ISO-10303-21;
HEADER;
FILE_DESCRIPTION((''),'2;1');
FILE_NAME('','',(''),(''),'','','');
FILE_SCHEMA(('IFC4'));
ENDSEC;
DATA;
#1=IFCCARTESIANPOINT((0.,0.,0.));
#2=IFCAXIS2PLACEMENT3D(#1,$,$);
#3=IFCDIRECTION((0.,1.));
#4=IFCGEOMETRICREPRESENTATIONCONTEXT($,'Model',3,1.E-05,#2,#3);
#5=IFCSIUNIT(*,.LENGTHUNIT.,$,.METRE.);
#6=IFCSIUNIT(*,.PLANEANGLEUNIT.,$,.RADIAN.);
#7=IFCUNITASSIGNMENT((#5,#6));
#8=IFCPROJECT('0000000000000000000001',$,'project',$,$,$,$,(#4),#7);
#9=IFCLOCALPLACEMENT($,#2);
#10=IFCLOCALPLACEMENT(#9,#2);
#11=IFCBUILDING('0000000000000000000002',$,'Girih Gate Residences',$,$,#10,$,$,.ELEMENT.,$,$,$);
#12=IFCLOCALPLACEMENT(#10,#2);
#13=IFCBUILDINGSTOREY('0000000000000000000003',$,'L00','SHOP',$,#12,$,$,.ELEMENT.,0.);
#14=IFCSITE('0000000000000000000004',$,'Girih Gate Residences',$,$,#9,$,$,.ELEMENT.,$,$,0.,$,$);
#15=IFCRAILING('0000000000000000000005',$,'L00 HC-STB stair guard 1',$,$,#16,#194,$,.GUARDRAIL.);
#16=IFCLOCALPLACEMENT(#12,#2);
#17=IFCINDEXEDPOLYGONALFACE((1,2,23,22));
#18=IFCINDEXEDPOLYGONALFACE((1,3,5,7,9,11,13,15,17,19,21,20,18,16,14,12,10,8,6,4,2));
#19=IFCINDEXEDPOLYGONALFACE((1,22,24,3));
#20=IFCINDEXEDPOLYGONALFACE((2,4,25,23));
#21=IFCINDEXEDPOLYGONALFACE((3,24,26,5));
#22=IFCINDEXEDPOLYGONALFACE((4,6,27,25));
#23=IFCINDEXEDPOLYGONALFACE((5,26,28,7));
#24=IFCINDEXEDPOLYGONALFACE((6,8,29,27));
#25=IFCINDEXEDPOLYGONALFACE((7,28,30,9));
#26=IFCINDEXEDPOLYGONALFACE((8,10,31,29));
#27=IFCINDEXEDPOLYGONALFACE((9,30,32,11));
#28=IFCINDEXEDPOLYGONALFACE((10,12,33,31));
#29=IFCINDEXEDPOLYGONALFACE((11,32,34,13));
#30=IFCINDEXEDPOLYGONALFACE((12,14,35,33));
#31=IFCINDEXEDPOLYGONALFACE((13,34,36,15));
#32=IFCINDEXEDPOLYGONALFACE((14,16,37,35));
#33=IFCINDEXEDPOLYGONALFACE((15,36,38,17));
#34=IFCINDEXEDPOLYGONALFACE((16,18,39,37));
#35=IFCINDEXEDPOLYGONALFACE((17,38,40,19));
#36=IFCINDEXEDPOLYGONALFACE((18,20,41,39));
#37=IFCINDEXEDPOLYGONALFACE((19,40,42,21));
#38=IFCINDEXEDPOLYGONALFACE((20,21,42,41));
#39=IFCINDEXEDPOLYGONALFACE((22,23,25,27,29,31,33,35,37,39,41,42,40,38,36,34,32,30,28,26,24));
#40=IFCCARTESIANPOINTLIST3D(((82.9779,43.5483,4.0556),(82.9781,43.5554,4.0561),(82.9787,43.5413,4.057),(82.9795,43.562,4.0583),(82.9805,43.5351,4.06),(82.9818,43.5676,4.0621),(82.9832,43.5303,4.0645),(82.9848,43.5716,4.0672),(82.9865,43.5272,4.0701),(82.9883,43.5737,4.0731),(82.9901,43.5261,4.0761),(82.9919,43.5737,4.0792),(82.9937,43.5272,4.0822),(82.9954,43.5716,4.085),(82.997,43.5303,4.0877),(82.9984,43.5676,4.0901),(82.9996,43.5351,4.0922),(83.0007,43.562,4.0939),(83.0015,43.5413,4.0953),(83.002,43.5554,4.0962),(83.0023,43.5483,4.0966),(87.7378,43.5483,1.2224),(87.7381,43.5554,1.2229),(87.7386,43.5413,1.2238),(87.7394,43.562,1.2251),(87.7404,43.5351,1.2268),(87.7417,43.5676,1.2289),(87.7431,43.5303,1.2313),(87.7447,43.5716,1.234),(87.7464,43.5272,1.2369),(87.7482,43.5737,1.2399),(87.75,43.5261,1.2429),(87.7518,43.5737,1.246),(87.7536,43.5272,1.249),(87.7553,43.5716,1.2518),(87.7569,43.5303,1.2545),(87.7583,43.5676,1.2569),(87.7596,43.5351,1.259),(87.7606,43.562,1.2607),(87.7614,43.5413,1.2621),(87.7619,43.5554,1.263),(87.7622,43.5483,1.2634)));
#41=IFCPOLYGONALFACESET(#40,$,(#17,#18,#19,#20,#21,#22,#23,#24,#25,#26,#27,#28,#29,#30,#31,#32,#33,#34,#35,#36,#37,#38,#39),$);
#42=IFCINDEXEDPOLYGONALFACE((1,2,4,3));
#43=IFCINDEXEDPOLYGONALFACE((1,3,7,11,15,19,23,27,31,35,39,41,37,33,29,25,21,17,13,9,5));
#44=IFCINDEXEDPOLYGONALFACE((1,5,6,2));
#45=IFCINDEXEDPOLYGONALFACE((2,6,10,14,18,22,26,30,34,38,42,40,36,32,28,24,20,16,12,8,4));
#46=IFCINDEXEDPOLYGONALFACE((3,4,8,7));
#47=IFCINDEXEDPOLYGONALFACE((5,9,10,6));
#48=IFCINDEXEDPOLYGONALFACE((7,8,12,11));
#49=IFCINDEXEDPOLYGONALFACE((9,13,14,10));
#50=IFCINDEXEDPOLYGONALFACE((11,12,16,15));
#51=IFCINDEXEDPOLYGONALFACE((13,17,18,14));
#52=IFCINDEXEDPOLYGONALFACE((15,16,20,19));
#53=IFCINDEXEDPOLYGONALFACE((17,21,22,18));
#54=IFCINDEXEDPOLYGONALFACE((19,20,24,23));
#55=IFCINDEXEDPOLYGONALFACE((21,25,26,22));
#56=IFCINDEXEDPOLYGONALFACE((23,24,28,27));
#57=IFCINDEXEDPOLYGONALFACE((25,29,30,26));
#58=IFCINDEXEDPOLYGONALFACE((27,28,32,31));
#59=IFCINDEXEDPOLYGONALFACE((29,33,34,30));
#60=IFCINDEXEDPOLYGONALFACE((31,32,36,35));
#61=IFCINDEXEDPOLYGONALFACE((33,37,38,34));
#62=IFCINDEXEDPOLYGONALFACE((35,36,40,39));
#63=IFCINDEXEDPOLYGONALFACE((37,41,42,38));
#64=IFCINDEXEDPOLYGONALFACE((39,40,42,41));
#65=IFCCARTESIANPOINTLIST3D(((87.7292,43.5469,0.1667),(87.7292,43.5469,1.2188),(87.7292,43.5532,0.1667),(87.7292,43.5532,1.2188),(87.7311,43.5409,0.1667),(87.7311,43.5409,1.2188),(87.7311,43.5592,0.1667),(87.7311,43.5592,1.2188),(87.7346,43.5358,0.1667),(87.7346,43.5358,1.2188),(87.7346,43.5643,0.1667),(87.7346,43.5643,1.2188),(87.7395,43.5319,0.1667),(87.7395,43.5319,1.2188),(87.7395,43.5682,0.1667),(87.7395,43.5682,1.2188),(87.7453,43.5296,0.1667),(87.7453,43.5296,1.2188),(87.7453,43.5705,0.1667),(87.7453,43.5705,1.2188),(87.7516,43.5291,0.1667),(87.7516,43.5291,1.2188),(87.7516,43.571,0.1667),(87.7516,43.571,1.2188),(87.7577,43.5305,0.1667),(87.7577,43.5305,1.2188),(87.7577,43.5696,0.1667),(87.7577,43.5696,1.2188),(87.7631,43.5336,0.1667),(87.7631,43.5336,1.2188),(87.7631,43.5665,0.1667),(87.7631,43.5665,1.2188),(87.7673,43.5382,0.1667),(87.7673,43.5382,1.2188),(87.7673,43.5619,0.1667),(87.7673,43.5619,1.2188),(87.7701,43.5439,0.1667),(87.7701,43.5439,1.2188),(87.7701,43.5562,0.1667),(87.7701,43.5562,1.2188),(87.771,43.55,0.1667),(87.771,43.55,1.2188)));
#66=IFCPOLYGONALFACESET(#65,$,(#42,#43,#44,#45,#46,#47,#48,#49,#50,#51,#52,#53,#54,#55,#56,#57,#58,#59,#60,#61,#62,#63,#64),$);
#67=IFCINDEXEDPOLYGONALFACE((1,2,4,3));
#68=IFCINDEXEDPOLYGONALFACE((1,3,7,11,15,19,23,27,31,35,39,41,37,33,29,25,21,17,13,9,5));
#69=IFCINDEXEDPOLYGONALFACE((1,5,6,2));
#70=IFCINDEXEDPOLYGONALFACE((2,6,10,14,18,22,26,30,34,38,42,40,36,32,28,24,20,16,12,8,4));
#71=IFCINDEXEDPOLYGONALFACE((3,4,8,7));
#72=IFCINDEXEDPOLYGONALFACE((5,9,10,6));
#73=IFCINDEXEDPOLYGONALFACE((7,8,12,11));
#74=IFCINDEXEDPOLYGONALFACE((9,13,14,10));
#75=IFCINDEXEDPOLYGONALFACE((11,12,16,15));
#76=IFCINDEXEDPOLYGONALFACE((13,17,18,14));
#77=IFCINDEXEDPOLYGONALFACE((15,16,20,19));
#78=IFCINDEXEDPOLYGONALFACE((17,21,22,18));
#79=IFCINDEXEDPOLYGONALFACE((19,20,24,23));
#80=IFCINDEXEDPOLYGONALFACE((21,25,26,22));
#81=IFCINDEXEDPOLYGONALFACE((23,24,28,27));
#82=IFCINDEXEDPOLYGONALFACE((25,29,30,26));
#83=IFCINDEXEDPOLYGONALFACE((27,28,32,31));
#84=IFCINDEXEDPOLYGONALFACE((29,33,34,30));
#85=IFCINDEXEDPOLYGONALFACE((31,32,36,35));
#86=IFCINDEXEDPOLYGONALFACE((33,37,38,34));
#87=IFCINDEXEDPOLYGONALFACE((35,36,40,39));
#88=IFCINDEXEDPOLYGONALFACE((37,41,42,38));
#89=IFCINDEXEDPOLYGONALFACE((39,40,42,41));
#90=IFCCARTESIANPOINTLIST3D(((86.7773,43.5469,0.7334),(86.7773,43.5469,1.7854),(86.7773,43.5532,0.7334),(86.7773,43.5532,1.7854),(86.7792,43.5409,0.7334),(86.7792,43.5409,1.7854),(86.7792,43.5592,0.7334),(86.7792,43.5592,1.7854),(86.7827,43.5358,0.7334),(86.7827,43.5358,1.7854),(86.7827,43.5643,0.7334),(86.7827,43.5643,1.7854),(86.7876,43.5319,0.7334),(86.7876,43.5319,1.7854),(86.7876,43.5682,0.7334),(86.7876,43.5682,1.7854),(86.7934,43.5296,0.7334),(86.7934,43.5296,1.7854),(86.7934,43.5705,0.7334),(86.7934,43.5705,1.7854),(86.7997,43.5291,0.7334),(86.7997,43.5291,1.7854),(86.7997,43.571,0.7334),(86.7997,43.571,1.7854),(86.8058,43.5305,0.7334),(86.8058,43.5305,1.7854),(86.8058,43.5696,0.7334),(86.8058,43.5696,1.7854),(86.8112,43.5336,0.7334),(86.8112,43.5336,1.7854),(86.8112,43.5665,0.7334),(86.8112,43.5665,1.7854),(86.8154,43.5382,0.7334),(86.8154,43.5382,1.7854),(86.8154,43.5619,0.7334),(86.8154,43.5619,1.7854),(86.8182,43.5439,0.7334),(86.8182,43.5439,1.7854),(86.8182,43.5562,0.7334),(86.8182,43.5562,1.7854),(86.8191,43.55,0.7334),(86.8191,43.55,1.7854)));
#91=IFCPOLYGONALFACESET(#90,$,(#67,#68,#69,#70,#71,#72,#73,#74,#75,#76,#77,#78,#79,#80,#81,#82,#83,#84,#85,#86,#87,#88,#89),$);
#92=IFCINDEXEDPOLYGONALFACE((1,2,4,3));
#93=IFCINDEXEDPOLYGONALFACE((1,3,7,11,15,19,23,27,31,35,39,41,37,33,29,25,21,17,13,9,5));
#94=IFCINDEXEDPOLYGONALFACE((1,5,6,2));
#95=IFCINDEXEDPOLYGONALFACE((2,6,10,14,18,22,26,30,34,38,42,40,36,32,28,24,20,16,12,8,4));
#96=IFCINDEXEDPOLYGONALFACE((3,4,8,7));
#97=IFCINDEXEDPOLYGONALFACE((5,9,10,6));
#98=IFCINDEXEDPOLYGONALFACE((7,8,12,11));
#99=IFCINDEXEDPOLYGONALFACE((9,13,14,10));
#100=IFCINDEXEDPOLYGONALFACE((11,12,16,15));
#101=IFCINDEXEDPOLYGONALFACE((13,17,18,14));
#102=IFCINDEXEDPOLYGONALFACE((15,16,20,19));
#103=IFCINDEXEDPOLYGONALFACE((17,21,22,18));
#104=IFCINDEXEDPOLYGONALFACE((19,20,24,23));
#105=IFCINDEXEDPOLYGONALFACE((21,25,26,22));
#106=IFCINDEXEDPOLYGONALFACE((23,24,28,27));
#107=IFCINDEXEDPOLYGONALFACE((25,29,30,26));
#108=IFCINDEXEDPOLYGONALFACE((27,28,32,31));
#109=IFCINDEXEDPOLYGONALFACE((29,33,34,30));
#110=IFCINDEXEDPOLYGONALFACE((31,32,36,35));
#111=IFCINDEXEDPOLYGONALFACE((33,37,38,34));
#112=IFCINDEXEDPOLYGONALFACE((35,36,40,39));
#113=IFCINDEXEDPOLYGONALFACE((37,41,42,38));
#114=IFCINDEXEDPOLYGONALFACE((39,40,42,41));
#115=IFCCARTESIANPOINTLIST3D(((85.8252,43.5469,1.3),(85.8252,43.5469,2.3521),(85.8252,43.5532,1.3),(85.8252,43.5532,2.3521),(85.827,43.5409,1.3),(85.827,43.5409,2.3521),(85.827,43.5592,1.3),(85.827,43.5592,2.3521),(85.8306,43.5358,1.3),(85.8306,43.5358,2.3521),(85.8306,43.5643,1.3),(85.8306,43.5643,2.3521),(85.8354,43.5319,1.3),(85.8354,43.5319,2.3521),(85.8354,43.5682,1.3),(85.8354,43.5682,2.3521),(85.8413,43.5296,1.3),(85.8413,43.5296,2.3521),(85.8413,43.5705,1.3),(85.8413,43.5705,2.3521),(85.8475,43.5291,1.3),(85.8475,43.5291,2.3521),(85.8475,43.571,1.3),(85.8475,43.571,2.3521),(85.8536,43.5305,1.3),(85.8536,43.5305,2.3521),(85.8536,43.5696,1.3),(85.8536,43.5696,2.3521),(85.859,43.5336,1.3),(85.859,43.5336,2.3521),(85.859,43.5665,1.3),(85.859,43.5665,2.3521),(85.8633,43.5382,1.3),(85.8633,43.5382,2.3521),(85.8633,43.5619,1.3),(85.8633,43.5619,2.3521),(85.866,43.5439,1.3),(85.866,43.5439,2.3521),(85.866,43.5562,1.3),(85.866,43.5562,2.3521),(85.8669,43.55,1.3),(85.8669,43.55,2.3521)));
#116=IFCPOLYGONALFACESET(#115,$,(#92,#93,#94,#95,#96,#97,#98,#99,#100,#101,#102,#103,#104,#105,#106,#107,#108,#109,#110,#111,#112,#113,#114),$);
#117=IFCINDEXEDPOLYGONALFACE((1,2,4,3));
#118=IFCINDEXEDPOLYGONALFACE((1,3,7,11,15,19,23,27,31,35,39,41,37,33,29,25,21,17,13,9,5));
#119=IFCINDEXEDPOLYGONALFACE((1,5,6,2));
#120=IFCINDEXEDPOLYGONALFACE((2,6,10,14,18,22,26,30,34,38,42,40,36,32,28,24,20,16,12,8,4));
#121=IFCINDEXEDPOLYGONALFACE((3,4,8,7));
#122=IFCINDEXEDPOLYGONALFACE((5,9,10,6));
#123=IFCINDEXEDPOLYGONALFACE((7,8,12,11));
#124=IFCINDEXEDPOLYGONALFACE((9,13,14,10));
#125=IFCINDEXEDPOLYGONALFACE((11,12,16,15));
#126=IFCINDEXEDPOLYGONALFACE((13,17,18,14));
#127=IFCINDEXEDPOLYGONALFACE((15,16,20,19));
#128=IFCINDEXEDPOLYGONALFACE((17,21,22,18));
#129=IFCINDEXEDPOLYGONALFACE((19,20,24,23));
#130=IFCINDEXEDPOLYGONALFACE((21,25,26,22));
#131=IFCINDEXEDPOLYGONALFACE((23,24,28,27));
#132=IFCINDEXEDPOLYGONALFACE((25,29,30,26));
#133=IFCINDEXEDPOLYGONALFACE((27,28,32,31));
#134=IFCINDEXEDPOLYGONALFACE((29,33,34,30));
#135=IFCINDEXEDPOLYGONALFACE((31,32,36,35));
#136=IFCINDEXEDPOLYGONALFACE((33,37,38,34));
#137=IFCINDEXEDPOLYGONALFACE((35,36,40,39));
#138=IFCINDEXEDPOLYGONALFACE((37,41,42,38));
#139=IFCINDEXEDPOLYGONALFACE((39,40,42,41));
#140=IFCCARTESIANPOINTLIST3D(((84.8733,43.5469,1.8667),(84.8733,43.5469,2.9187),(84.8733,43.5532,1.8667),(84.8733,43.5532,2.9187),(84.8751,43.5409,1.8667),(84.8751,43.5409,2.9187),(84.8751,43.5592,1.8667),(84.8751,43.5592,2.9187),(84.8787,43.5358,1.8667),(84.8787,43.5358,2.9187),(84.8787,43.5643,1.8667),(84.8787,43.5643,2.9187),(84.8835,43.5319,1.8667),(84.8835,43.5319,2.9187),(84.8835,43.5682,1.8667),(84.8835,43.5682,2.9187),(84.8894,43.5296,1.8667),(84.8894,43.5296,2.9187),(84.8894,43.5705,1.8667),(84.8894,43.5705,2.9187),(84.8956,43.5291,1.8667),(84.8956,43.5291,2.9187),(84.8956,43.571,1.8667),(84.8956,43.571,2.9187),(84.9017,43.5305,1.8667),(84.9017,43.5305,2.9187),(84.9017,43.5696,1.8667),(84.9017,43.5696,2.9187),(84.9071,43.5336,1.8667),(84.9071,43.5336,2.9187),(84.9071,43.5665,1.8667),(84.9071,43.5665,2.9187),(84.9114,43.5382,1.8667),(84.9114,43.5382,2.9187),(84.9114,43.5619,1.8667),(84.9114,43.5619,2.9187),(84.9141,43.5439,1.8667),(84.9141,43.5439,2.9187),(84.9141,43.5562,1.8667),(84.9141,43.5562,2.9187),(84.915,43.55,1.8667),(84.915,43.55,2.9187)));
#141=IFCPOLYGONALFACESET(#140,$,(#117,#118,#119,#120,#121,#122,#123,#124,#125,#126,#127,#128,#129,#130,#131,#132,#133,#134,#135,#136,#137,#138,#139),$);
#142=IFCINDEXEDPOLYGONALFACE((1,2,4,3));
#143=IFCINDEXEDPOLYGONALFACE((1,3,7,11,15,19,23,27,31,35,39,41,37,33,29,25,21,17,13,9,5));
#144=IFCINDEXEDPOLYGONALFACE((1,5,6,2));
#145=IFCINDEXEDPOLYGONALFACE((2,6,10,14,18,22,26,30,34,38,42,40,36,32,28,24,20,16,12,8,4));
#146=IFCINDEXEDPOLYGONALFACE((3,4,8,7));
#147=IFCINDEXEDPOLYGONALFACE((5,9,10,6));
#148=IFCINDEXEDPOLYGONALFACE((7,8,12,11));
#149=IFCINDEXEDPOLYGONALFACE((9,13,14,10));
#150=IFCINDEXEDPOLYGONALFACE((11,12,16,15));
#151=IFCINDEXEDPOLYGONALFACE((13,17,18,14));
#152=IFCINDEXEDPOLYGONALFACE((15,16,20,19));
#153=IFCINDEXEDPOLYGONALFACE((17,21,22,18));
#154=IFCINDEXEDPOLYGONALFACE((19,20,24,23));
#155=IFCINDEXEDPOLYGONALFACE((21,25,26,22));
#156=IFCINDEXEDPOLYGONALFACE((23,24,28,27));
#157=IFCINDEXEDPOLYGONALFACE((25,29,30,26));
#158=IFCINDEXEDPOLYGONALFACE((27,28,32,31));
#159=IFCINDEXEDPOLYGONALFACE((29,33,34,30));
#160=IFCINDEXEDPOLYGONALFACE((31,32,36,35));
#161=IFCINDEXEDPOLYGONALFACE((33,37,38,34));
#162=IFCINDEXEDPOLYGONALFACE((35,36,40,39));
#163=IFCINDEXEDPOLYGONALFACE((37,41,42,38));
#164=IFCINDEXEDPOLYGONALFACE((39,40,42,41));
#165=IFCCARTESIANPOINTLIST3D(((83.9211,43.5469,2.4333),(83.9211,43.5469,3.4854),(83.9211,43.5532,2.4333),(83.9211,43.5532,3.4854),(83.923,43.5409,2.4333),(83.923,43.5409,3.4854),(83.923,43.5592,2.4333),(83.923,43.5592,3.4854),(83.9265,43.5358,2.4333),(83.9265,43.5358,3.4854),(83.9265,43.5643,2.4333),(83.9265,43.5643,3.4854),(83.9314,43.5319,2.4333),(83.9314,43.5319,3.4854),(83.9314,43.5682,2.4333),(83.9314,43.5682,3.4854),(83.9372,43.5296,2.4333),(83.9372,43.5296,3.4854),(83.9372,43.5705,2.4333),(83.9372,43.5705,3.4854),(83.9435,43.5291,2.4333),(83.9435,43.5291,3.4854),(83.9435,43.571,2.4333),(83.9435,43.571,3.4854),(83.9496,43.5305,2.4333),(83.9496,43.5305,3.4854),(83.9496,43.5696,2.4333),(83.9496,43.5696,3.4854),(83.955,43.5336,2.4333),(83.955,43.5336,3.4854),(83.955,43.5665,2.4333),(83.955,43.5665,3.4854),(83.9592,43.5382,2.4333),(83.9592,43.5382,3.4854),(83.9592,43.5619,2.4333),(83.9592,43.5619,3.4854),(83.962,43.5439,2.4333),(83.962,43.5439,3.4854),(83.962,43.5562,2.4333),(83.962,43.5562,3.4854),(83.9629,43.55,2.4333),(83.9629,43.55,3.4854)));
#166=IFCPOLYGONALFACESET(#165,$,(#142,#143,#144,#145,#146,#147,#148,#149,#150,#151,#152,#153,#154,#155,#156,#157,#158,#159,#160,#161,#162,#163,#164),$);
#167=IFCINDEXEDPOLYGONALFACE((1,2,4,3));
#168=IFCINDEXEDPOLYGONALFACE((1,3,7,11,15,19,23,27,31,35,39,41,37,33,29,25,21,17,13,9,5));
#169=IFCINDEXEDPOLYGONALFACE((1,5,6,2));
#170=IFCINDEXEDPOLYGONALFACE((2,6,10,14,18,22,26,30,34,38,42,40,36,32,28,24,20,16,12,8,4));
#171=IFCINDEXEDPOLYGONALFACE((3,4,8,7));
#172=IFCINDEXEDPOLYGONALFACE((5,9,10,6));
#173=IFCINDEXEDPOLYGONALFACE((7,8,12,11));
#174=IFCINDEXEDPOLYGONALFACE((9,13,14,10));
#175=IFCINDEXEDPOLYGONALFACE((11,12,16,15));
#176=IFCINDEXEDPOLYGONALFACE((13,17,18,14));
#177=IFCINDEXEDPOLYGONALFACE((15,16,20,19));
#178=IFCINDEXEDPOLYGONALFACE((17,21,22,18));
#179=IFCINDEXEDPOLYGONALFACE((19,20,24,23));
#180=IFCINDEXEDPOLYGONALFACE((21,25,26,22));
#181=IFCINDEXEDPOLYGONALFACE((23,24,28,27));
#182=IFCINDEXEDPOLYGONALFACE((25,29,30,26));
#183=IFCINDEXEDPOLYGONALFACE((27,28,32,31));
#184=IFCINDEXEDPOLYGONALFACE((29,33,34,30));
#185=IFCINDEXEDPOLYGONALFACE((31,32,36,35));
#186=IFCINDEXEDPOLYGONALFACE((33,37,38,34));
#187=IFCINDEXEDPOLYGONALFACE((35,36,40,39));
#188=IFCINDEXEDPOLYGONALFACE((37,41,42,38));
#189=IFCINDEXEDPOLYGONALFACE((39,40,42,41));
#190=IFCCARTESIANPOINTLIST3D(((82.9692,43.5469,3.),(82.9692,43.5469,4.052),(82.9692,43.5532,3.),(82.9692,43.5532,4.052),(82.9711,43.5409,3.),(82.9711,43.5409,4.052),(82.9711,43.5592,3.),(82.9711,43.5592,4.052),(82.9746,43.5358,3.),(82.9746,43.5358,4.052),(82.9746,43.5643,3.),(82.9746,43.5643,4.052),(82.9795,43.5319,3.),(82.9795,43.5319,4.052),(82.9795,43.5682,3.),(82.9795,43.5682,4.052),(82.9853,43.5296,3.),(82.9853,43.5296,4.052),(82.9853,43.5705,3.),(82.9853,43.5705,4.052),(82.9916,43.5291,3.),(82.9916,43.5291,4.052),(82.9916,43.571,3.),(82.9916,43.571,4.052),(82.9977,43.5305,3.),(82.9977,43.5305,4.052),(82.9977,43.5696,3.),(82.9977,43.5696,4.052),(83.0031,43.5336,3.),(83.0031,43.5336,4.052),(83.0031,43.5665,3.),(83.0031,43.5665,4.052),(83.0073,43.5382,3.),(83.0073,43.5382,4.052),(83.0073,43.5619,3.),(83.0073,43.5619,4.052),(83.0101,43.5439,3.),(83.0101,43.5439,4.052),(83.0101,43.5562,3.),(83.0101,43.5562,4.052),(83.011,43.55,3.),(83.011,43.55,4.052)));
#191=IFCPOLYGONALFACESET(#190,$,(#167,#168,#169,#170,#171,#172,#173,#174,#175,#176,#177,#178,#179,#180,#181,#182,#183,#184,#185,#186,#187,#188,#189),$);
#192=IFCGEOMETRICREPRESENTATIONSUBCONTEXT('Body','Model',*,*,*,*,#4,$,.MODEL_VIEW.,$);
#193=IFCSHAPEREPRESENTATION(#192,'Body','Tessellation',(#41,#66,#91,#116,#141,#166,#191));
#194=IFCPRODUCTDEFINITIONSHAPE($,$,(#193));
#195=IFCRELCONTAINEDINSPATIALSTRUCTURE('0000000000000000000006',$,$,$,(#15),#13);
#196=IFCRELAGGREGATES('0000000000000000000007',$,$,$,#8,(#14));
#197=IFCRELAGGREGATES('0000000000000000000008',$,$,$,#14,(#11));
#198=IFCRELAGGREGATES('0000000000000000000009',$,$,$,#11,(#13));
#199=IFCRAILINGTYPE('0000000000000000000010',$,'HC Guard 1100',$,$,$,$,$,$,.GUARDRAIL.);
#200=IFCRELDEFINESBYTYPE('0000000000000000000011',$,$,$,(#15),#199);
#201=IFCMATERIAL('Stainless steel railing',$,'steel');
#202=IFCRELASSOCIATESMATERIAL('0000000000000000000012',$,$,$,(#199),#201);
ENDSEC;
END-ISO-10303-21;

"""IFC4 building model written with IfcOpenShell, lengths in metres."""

from ifc_helpers import new_model, si_unit, direction, frame, origin, origin_2d, place, context, subcontext, project, spatial, circle, extrude, material, type_object, element, save


model = new_model("IFC4")

# Units and contexts
model_context = context("Model", 3, precision=1e-05, world=origin(), true_north=direction((0.0, 1.0)))
body_context = subcontext(model_context, "Body", "Model", "MODEL_VIEW")
ifc_project = project(units=[si_unit("LENGTHUNIT", "METRE"), si_unit("PLANEANGLEUNIT", "RADIAN")], contexts=[model_context])

# Site, building, storey
site_placement = place(None, origin())
site = spatial("IfcSite", under=ifc_project, at=site_placement, Name="Girih Gate Residences", CompositionType="ELEMENT", RefElevation=0.0)
building_placement = place(site_placement, origin())
building = spatial("IfcBuilding", under=site, at=building_placement, Name="Girih Gate Residences", CompositionType="ELEMENT")
storey_placement = place(building_placement, origin())
storey = spatial("IfcBuildingStorey", under=building, at=storey_placement, Name="L00", Description="SHOP", CompositionType="ELEMENT", Elevation=0.0)

# Railing
ifc_material_1 = material(Name="Stainless steel railing", Category="steel")
railing_type_1 = type_object("IfcRailingType", Name="HC Guard 1100", PredefinedType="GUARDRAIL", material=ifc_material_1)
railing_1_placement = place(storey_placement, frame((87.75, 43.55, 0.1667)))
element("IfcRailing", 1, at=railing_1_placement, inside=storey, type_object=railing_type_1, Name="L00 HC-STB stair guard 1", PredefinedType="GUARDRAIL", context=body_context, shape_type="SweptSolid", body=[
    extrude(circle(Radius=0.0239, at=origin_2d()), frame((0.0, 0.0, 1.0762), z_axis=(-0.8593, 0.0, 0.511472), x_axis=(0.0, -1.0, 0.0)), (0.0, 0.0, 1.0), 5.5393),
    extrude(circle(Radius=0.021, at=origin_2d()), origin(), (0.0, 0.0, 1.0), 1.052),
    extrude(circle(Radius=0.021, at=origin_2d()), frame((-0.9519, 0.0, 0.5667)), (0.0, 0.0, 1.0), 1.052),
    extrude(circle(Radius=0.021, at=origin_2d()), frame((-1.9041, 0.0, 1.1333)), (0.0, 0.0, 1.0), 1.052),
    extrude(circle(Radius=0.021, at=origin_2d()), frame((-2.856, 0.0, 1.7)), (0.0, 0.0, 1.0), 1.052),
    extrude(circle(Radius=0.021, at=origin_2d()), frame((-3.8081, 0.0, 2.2666)), (0.0, 0.0, 1.0), 1.052),
    extrude(circle(Radius=0.021, at=origin_2d()), frame((-4.76, 0.0, 2.8333)), (0.0, 0.0, 1.0), 1.052),
])

save(model, "model.ifc")
